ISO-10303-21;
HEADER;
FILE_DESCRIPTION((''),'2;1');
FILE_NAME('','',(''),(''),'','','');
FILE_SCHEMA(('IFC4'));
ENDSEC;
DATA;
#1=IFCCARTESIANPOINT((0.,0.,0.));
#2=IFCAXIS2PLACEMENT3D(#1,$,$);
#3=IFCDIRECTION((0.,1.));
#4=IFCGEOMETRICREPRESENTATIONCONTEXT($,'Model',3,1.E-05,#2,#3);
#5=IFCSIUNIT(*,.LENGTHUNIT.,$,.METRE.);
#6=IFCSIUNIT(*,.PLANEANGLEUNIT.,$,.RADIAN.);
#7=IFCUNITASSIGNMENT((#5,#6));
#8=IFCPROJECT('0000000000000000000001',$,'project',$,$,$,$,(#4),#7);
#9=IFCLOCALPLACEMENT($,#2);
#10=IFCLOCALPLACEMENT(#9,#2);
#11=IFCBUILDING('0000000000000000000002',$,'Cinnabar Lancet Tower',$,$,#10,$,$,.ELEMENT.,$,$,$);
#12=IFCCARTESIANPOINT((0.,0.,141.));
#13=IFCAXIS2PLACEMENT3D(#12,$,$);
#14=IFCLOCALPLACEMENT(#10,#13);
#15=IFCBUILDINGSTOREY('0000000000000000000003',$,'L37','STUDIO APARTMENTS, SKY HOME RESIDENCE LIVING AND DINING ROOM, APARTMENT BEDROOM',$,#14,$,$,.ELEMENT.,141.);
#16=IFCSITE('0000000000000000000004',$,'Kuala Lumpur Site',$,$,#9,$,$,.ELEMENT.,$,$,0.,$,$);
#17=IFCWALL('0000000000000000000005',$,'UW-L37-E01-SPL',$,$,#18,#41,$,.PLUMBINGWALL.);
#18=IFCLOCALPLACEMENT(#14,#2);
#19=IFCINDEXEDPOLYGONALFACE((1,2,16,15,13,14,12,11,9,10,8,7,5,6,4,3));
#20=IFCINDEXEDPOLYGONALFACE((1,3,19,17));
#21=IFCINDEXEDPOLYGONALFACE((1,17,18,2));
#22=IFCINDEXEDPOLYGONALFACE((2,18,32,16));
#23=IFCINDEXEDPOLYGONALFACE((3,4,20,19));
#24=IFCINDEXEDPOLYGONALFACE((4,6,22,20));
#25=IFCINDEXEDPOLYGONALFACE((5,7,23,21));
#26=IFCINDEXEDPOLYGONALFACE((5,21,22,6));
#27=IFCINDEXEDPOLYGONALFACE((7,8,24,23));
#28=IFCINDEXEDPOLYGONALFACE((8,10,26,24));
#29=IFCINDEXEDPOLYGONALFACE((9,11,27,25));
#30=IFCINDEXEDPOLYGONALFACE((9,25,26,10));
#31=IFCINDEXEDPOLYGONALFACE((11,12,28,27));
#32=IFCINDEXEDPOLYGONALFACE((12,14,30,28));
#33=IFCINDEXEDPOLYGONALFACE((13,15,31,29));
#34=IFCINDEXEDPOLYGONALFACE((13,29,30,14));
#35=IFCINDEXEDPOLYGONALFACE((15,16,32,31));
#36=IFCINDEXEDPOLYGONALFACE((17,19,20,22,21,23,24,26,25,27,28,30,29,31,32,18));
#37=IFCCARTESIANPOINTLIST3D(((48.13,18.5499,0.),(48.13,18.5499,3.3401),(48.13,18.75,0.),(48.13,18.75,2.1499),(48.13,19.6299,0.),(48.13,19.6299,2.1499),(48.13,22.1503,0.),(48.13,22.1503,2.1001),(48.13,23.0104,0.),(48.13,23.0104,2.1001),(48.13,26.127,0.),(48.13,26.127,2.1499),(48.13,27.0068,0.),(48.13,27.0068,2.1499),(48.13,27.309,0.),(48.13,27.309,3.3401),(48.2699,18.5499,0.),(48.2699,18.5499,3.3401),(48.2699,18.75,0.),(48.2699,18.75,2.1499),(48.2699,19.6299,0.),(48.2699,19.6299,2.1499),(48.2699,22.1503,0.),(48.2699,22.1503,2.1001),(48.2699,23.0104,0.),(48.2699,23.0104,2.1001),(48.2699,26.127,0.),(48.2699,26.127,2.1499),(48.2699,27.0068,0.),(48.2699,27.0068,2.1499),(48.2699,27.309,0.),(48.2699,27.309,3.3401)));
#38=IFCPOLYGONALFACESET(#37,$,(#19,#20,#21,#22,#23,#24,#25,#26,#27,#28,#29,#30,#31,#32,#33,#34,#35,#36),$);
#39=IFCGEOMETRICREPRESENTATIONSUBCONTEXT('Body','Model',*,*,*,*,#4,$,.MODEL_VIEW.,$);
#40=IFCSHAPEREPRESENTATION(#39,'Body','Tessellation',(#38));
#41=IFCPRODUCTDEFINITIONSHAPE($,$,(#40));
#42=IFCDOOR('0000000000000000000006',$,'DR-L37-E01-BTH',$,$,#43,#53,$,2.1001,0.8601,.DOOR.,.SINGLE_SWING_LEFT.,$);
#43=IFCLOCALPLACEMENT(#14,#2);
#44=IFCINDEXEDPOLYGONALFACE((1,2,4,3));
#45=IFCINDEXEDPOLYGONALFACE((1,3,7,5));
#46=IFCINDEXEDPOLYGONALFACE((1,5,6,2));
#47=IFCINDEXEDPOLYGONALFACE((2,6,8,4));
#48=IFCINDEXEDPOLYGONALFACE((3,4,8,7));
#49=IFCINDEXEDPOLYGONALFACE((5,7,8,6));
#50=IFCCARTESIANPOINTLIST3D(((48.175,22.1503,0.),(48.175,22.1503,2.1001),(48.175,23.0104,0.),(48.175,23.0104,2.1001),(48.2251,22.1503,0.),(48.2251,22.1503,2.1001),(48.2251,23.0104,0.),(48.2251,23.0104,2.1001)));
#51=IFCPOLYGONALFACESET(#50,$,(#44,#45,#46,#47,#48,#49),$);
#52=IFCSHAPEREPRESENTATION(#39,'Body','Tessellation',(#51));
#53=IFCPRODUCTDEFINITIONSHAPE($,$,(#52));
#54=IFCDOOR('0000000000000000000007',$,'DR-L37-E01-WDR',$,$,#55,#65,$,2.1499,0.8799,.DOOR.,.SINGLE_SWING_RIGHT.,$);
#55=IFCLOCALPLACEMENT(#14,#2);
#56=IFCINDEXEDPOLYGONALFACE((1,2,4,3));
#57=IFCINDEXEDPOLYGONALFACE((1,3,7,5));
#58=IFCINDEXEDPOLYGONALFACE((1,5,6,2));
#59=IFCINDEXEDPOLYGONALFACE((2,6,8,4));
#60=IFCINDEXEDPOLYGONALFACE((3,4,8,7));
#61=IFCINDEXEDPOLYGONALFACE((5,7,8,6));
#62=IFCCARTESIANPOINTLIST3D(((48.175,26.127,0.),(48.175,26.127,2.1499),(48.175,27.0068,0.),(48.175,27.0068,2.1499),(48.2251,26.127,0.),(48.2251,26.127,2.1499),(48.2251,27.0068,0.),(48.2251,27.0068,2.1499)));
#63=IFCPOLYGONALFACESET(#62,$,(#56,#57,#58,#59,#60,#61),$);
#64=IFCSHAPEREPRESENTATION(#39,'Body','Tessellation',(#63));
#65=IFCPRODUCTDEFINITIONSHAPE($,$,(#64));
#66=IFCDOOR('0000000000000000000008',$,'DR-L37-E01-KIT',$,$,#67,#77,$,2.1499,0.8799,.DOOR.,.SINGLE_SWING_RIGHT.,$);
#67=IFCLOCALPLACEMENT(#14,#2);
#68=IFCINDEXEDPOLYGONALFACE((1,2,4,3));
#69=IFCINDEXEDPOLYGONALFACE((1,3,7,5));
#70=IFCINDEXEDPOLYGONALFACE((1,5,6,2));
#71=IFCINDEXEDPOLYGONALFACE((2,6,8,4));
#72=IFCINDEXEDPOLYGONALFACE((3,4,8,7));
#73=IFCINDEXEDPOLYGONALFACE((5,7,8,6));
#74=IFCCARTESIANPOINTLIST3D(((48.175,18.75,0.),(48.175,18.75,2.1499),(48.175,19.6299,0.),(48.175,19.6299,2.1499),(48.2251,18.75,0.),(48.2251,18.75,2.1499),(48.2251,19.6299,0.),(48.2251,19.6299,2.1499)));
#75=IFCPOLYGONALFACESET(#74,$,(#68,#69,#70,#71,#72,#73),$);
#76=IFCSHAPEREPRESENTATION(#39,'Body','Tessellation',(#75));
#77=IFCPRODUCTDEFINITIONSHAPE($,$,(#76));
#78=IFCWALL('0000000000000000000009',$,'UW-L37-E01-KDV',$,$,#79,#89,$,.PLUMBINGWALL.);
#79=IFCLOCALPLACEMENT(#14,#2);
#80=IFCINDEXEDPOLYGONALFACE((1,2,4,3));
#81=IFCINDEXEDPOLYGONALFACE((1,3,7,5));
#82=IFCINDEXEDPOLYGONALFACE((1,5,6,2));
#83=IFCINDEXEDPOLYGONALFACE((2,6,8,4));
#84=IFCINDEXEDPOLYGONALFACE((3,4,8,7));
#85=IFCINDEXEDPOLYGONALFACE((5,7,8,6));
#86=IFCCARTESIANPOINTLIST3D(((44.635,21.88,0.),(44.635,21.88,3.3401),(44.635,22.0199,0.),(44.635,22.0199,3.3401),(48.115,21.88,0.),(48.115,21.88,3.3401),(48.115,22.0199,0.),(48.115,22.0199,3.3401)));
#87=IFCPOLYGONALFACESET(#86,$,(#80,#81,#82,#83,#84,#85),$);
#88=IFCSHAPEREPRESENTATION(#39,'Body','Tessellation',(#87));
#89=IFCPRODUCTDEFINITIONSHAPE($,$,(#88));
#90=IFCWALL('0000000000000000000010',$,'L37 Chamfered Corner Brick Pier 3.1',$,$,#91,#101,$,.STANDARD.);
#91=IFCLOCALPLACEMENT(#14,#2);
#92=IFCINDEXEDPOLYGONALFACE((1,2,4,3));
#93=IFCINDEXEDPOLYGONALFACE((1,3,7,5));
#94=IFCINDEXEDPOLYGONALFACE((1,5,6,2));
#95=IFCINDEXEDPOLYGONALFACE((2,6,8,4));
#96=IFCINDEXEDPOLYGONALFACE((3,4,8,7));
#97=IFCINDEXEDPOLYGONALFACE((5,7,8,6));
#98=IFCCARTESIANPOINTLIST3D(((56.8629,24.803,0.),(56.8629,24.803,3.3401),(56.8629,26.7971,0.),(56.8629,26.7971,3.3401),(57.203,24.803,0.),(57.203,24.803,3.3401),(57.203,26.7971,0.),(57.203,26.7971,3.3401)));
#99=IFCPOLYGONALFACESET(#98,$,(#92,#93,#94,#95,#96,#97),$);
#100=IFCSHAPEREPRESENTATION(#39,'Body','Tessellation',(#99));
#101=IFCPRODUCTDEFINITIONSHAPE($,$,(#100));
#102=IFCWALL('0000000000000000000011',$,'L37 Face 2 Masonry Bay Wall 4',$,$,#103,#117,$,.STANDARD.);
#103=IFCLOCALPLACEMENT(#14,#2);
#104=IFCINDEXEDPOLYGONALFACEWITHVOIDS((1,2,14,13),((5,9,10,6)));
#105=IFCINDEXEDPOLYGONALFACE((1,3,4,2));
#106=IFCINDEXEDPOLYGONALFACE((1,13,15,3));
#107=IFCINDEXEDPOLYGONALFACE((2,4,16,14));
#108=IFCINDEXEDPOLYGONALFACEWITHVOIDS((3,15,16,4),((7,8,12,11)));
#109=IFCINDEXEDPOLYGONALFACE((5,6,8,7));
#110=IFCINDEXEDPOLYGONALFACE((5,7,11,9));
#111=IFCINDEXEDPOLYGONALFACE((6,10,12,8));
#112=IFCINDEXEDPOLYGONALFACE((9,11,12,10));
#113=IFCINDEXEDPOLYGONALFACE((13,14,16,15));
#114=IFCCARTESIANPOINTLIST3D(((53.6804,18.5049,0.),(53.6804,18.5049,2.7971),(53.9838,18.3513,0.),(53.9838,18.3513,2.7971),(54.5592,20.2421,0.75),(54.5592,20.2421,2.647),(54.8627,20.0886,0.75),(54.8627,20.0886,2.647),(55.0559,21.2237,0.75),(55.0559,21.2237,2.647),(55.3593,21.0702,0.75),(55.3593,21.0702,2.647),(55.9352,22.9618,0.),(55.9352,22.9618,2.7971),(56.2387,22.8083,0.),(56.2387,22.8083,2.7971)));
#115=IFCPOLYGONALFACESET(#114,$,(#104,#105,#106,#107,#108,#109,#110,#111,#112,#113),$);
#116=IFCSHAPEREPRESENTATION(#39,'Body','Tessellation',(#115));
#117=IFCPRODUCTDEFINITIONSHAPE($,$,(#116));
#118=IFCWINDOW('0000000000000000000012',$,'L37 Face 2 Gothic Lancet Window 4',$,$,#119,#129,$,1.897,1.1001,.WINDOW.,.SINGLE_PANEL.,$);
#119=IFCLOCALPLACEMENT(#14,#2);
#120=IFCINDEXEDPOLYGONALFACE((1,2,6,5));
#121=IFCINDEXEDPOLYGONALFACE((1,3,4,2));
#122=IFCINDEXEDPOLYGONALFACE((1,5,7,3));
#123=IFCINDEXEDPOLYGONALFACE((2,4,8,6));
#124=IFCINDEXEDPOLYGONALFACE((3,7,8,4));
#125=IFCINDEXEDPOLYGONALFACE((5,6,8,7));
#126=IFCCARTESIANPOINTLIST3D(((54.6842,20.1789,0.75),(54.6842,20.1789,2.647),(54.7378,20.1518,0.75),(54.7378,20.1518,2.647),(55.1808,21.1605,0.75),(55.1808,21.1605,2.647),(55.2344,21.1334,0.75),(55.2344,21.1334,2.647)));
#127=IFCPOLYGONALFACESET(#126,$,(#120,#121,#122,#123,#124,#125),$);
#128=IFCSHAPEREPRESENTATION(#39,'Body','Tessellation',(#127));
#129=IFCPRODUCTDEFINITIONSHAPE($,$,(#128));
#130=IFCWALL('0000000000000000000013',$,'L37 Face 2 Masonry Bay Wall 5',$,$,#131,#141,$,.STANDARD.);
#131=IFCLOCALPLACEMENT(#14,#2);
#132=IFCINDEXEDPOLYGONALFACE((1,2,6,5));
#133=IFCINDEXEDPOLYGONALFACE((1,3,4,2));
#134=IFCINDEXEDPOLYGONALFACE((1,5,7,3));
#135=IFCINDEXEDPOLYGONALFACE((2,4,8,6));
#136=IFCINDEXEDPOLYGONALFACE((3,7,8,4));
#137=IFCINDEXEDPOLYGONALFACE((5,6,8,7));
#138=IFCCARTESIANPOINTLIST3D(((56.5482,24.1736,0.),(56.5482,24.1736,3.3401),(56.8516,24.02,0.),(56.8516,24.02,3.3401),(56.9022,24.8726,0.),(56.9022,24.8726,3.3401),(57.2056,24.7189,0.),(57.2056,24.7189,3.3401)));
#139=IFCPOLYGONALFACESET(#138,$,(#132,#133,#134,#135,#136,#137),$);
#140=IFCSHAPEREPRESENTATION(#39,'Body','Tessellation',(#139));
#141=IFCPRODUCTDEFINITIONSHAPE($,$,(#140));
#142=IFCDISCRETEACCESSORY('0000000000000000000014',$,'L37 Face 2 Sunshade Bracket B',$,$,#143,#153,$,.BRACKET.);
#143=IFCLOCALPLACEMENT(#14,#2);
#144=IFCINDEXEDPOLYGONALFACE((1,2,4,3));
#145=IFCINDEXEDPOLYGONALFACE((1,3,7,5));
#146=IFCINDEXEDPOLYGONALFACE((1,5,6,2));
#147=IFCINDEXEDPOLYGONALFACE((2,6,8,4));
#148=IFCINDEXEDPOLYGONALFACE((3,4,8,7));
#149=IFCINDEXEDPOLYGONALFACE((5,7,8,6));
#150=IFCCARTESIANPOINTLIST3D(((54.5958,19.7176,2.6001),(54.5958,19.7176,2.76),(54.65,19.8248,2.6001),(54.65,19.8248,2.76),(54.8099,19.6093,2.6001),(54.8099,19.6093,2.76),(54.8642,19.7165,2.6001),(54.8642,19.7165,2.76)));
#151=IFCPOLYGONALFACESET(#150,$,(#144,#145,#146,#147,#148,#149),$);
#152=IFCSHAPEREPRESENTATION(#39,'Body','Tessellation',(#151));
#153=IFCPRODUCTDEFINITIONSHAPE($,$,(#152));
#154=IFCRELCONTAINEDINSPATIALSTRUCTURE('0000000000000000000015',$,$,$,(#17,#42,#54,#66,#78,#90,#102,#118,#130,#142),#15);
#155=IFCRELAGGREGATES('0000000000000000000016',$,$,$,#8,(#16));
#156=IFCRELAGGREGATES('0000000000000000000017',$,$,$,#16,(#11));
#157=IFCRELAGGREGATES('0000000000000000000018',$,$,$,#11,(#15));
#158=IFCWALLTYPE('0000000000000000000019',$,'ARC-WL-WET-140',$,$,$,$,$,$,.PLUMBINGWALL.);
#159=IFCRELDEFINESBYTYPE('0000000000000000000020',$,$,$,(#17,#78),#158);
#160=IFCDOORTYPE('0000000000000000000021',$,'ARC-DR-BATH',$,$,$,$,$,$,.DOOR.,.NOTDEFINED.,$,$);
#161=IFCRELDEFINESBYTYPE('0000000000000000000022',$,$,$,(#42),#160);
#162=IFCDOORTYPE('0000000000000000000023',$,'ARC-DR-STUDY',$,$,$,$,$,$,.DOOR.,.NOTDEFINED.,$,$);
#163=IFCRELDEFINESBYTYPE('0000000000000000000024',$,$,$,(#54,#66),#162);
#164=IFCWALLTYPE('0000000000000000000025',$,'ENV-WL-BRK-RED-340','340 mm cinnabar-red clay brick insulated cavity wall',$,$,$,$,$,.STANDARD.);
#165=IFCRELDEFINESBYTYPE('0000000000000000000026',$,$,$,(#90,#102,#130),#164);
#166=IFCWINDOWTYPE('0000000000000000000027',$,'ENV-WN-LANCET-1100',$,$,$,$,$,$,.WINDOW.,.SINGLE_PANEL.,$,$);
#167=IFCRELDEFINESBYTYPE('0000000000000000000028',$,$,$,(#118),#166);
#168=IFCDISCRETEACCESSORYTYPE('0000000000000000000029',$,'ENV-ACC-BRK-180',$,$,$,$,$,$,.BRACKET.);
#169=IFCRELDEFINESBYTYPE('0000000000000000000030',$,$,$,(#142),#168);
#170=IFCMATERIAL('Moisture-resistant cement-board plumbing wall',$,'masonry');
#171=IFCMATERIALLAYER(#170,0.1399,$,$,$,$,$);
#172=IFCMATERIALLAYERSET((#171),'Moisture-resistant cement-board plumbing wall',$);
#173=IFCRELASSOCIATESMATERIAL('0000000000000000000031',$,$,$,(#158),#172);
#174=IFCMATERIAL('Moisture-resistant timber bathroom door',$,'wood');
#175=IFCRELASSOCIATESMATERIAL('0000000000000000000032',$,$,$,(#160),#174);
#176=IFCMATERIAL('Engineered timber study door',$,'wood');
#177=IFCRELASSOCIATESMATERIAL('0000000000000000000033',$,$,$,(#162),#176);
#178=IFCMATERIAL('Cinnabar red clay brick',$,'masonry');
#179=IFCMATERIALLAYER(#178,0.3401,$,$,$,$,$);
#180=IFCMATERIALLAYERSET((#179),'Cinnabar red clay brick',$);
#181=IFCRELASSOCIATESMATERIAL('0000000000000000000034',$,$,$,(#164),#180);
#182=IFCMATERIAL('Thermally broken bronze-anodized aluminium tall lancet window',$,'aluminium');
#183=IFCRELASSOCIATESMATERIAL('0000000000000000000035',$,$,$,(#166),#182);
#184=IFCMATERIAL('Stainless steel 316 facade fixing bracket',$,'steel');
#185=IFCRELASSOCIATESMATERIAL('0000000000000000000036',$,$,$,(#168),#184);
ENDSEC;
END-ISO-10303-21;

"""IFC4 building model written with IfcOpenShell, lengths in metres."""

from ifc_helpers import new_model, si_unit, direction, frame, frame_2d, origin, origin_2d, place, context, subcontext, project, spatial, rectangle, extrude, material, layer, layer_set, type_object, element, fill, save


model = new_model("IFC4")

# Units and contexts
model_context = context("Model", 3, precision=1e-05, world=origin(), true_north=direction((0.0, 1.0)))
body_context = subcontext(model_context, "Body", "Model", "MODEL_VIEW")
ifc_project = project(units=[si_unit("LENGTHUNIT", "METRE"), si_unit("PLANEANGLEUNIT", "RADIAN")], contexts=[model_context])

# Site, building, storey
site_placement = place(None, origin())
site = spatial("IfcSite", under=ifc_project, at=site_placement, Name="Kuala Lumpur Site", CompositionType="ELEMENT", RefElevation=0.0)
building_placement = place(site_placement, origin())
building = spatial("IfcBuilding", under=site, at=building_placement, Name="Cinnabar Lancet Tower", CompositionType="ELEMENT")
storey_placement = place(building_placement, frame((0.0, 0.0, 141.0)))
storey = spatial("IfcBuildingStorey", under=building, at=storey_placement, Name="L37", Description="STUDIO APARTMENTS, SKY HOME RESIDENCE LIVING AND DINING ROOM, APARTMENT BEDROOM", CompositionType="ELEMENT", Elevation=141.0)

# Wall, openings, doors
ifc_material_1 = material(Name="Moisture-resistant cement-board plumbing wall", Category="masonry")
ifc_layer_1 = layer(ifc_material_1, 0.1399)
ifc_layer_set_1 = layer_set([ifc_layer_1], Name="Moisture-resistant cement-board plumbing wall")
wall_type_1 = type_object("IfcWallType", Name="ARC-WL-WET-140", PredefinedType="PLUMBINGWALL", material=ifc_layer_set_1)
wall_1_placement = place(storey_placement, frame((48.2, 18.55, 0.0), z_axis=(0.0, 0.0, 1.0), x_axis=(0.0, 1.0, 0.0)))
wall_1 = element("IfcWall", 1, at=wall_1_placement, inside=storey, type_object=wall_type_1, Name="UW-L37-E01-SPL", PredefinedType="PLUMBINGWALL", context=body_context, shape_type="SweptSolid", body=[
    extrude(rectangle(XDim=8.759, YDim=0.1399, at=frame_2d((4.3794, 0.0))), origin(), (0.0, 0.0, 1.0), 3.3401),
])
opening_1_placement = place(wall_1_placement, frame((3.6001, 0.0, 0.0)))
opening_1 = element("IfcOpeningElement", 2, at=opening_1_placement, cuts=wall_1, PredefinedType="OPENING", context=body_context, shape_type="SweptSolid", body=[
    extrude(rectangle(XDim=0.8601, YDim=2.1001, at=frame_2d((0.4302, 1.05))), frame((0.0, 0.0798, 0.0), z_axis=(0.0, -1.0, 0.0), x_axis=(1.0, 0.0, 0.0)), (0.0, 0.0, 1.0), 0.1599),
])
opening_2_placement = place(wall_1_placement, frame((7.5769, 0.0, 0.0)))
opening_2 = element("IfcOpeningElement", 3, at=opening_2_placement, cuts=wall_1, PredefinedType="OPENING", context=body_context, shape_type="SweptSolid", body=[
    extrude(rectangle(XDim=0.8799, YDim=2.1499, at=frame_2d((0.4399, 1.075))), frame((0.0, 0.0798, 0.0), z_axis=(0.0, -1.0, 0.0), x_axis=(1.0, 0.0, 0.0)), (0.0, 0.0, 1.0), 0.1599),
])
opening_3_placement = place(wall_1_placement, frame((0.2, 0.0, 0.0)))
opening_3 = element("IfcOpeningElement", 4, at=opening_3_placement, cuts=wall_1, PredefinedType="OPENING", context=body_context, shape_type="SweptSolid", body=[
    extrude(rectangle(XDim=0.8799, YDim=2.1499, at=frame_2d((0.4399, 1.075))), frame((0.0, 0.0798, 0.0), z_axis=(0.0, -1.0, 0.0), x_axis=(1.0, 0.0, 0.0)), (0.0, 0.0, 1.0), 0.1599),
])
ifc_material_2 = material(Name="Moisture-resistant timber bathroom door", Category="wood")
door_type_1 = type_object("IfcDoorType", Name="ARC-DR-BATH", OperationType="NOTDEFINED", PredefinedType="DOOR", material=ifc_material_2)
door_1_placement = place(opening_1_placement, origin())
door_1 = element("IfcDoor", 5, at=door_1_placement, inside=storey, type_object=door_type_1, Name="DR-L37-E01-BTH", OperationType="SINGLE_SWING_LEFT", OverallHeight=2.1001, OverallWidth=0.8601, PredefinedType="DOOR", context=body_context, shape_type="SweptSolid", body=[
    extrude(rectangle(XDim=0.8601, YDim=2.1001, at=frame_2d((0.4302, 1.05))), frame((0.0, 0.0249, 0.0), z_axis=(0.0, -1.0, 0.0), x_axis=(1.0, 0.0, 0.0)), (0.0, 0.0, 1.0), 0.05),
])
fill(opening_1, door_1)
ifc_material_3 = material(Name="Engineered timber study door", Category="wood")
door_type_2 = type_object("IfcDoorType", Name="ARC-DR-STUDY", OperationType="NOTDEFINED", PredefinedType="DOOR", material=ifc_material_3)
door_2_placement = place(opening_2_placement, origin())
door_2 = element("IfcDoor", 6, at=door_2_placement, inside=storey, type_object=door_type_2, Name="DR-L37-E01-WDR", OperationType="SINGLE_SWING_RIGHT", OverallHeight=2.1499, OverallWidth=0.8799, PredefinedType="DOOR", context=body_context, shape_type="SweptSolid", body=[
    extrude(rectangle(XDim=0.8799, YDim=2.1499, at=frame_2d((0.4399, 1.075))), frame((0.0, 0.0249, 0.0), z_axis=(0.0, -1.0, 0.0), x_axis=(1.0, 0.0, 0.0)), (0.0, 0.0, 1.0), 0.05),
])
fill(opening_2, door_2)
door_3_placement = place(opening_3_placement, origin())
door_3 = element("IfcDoor", 7, at=door_3_placement, inside=storey, type_object=door_type_2, Name="DR-L37-E01-KIT", OperationType="SINGLE_SWING_RIGHT", OverallHeight=2.1499, OverallWidth=0.8799, PredefinedType="DOOR", context=body_context, shape_type="SweptSolid", body=[
    extrude(rectangle(XDim=0.8799, YDim=2.1499, at=frame_2d((0.4399, 1.075))), frame((0.0, 0.0249, 0.0), z_axis=(0.0, -1.0, 0.0), x_axis=(1.0, 0.0, 0.0)), (0.0, 0.0, 1.0), 0.05),
])
fill(opening_3, door_3)

# Walls
wall_2_placement = place(storey_placement, frame((44.635, 21.95, 0.0), z_axis=(0.0, 0.0, 1.0), x_axis=(1.0, 0.0, 0.0)))
element("IfcWall", 8, at=wall_2_placement, inside=storey, type_object=wall_type_1, Name="UW-L37-E01-KDV", PredefinedType="PLUMBINGWALL", context=body_context, shape_type="SweptSolid", body=[
    extrude(rectangle(XDim=3.48, YDim=0.1399, at=frame_2d((1.74, 0.0))), origin(), (0.0, 0.0, 1.0), 3.3401),
])
ifc_material_4 = material(Name="Cinnabar red clay brick", Category="masonry")
ifc_layer_2 = layer(ifc_material_4, 0.3401)
ifc_layer_set_2 = layer_set([ifc_layer_2], Name="Cinnabar red clay brick")
wall_type_2 = type_object("IfcWallType", Name="ENV-WL-BRK-RED-340", Description="340 mm cinnabar-red clay brick insulated cavity wall", PredefinedType="STANDARD", material=ifc_layer_set_2)
wall_3_placement = place(storey_placement, frame((57.033, 24.803, 0.0), z_axis=(0.0, 0.0, 1.0), x_axis=(0.0, 1.0, 0.0)))
element("IfcWall", 9, at=wall_3_placement, inside=storey, type_object=wall_type_2, Name="L37 Chamfered Corner Brick Pier 3.1", PredefinedType="STANDARD", context=body_context, shape_type="SweptSolid", body=[
    extrude(rectangle(XDim=1.9941, YDim=0.3401, at=frame_2d((0.9971, 0.0))), origin(), (0.0, 0.0, 1.0), 3.3401),
])

# Wall, opening, window
wall_4_placement = place(storey_placement, frame((53.832, 18.428, 0.0), z_axis=(0.0, 0.0, 1.0), x_axis=(0.451432, 0.892306, 0.0)))
wall_4 = element("IfcWall", 10, at=wall_4_placement, inside=storey, type_object=wall_type_2, Name="L37 Face 2 Masonry Bay Wall 4", PredefinedType="STANDARD", context=body_context, shape_type="SweptSolid", body=[
    extrude(rectangle(XDim=4.9949, YDim=0.3401, at=frame_2d((2.4976, 0.0))), origin(), (0.0, 0.0, 1.0), 2.7971),
])
opening_4_placement = place(wall_4_placement, frame((1.947, 0.0, 0.75)))
opening_4 = element("IfcOpeningElement", 11, at=opening_4_placement, cuts=wall_4, PredefinedType="OPENING", context=body_context, shape_type="SweptSolid", body=[
    extrude(rectangle(XDim=1.1001, YDim=1.897, at=frame_2d((0.55, 0.9485))), frame((0.0, 0.1799, 0.0), z_axis=(0.0, -1.0, 0.0), x_axis=(1.0, 0.0, 0.0)), (0.0, 0.0, 1.0), 0.3601),
])
ifc_material_5 = material(Name="Thermally broken bronze-anodized aluminium tall lancet window", Category="aluminium")
window_type = type_object("IfcWindowType", Name="ENV-WN-LANCET-1100", PartitioningType="SINGLE_PANEL", PredefinedType="WINDOW", material=ifc_material_5)
window_placement = place(opening_4_placement, origin())
window = element("IfcWindow", 12, at=window_placement, inside=storey, type_object=window_type, Name="L37 Face 2 Gothic Lancet Window 4", OverallHeight=1.897, OverallWidth=1.1001, PartitioningType="SINGLE_PANEL", PredefinedType="WINDOW", context=body_context, shape_type="SweptSolid", body=[
    extrude(rectangle(XDim=1.1001, YDim=1.897, at=frame_2d((0.55, 0.9485))), frame((0.0, 0.03, 0.0), z_axis=(0.0, -1.0, 0.0), x_axis=(1.0, 0.0, 0.0)), (0.0, 0.0, 1.0), 0.0601),
])
fill(opening_4, window)

# Wall
wall_5_placement = place(storey_placement, frame((56.7, 24.0969, 0.0), z_axis=(0.0, 0.0, 1.0), x_axis=(0.451819, 0.892109, 0.0)))
element("IfcWall", 13, at=wall_5_placement, inside=storey, type_object=wall_type_2, Name="L37 Face 2 Masonry Bay Wall 5", PredefinedType="STANDARD", context=body_context, shape_type="SweptSolid", body=[
    extrude(rectangle(XDim=0.7834, YDim=0.3401, at=frame_2d((0.3916, 0.0))), origin(), (0.0, 0.0, 1.0), 3.3401),
])

# Discrete accessory
ifc_material_6 = material(Name="Stainless steel 316 facade fixing bracket", Category="steel")
discrete_accessory_type = type_object("IfcDiscreteAccessoryType", Name="ENV-ACC-BRK-180", PredefinedType="BRACKET", material=ifc_material_6)
discrete_accessory_placement = place(storey_placement, frame((54.73, 19.717, 2.6001), z_axis=(0.0, 0.0, 1.0), x_axis=(0.451454, 0.892294, 0.0)))
element("IfcDiscreteAccessory", 14, at=discrete_accessory_placement, inside=storey, type_object=discrete_accessory_type, Name="L37 Face 2 Sunshade Bracket B", PredefinedType="BRACKET", context=body_context, shape_type="SweptSolid", body=[
    extrude(rectangle(XDim=0.1201, YDim=0.24, at=origin_2d()), origin(), (0.0, 0.0, 1.0), 0.1599),
])

save(model, "model.ifc")
